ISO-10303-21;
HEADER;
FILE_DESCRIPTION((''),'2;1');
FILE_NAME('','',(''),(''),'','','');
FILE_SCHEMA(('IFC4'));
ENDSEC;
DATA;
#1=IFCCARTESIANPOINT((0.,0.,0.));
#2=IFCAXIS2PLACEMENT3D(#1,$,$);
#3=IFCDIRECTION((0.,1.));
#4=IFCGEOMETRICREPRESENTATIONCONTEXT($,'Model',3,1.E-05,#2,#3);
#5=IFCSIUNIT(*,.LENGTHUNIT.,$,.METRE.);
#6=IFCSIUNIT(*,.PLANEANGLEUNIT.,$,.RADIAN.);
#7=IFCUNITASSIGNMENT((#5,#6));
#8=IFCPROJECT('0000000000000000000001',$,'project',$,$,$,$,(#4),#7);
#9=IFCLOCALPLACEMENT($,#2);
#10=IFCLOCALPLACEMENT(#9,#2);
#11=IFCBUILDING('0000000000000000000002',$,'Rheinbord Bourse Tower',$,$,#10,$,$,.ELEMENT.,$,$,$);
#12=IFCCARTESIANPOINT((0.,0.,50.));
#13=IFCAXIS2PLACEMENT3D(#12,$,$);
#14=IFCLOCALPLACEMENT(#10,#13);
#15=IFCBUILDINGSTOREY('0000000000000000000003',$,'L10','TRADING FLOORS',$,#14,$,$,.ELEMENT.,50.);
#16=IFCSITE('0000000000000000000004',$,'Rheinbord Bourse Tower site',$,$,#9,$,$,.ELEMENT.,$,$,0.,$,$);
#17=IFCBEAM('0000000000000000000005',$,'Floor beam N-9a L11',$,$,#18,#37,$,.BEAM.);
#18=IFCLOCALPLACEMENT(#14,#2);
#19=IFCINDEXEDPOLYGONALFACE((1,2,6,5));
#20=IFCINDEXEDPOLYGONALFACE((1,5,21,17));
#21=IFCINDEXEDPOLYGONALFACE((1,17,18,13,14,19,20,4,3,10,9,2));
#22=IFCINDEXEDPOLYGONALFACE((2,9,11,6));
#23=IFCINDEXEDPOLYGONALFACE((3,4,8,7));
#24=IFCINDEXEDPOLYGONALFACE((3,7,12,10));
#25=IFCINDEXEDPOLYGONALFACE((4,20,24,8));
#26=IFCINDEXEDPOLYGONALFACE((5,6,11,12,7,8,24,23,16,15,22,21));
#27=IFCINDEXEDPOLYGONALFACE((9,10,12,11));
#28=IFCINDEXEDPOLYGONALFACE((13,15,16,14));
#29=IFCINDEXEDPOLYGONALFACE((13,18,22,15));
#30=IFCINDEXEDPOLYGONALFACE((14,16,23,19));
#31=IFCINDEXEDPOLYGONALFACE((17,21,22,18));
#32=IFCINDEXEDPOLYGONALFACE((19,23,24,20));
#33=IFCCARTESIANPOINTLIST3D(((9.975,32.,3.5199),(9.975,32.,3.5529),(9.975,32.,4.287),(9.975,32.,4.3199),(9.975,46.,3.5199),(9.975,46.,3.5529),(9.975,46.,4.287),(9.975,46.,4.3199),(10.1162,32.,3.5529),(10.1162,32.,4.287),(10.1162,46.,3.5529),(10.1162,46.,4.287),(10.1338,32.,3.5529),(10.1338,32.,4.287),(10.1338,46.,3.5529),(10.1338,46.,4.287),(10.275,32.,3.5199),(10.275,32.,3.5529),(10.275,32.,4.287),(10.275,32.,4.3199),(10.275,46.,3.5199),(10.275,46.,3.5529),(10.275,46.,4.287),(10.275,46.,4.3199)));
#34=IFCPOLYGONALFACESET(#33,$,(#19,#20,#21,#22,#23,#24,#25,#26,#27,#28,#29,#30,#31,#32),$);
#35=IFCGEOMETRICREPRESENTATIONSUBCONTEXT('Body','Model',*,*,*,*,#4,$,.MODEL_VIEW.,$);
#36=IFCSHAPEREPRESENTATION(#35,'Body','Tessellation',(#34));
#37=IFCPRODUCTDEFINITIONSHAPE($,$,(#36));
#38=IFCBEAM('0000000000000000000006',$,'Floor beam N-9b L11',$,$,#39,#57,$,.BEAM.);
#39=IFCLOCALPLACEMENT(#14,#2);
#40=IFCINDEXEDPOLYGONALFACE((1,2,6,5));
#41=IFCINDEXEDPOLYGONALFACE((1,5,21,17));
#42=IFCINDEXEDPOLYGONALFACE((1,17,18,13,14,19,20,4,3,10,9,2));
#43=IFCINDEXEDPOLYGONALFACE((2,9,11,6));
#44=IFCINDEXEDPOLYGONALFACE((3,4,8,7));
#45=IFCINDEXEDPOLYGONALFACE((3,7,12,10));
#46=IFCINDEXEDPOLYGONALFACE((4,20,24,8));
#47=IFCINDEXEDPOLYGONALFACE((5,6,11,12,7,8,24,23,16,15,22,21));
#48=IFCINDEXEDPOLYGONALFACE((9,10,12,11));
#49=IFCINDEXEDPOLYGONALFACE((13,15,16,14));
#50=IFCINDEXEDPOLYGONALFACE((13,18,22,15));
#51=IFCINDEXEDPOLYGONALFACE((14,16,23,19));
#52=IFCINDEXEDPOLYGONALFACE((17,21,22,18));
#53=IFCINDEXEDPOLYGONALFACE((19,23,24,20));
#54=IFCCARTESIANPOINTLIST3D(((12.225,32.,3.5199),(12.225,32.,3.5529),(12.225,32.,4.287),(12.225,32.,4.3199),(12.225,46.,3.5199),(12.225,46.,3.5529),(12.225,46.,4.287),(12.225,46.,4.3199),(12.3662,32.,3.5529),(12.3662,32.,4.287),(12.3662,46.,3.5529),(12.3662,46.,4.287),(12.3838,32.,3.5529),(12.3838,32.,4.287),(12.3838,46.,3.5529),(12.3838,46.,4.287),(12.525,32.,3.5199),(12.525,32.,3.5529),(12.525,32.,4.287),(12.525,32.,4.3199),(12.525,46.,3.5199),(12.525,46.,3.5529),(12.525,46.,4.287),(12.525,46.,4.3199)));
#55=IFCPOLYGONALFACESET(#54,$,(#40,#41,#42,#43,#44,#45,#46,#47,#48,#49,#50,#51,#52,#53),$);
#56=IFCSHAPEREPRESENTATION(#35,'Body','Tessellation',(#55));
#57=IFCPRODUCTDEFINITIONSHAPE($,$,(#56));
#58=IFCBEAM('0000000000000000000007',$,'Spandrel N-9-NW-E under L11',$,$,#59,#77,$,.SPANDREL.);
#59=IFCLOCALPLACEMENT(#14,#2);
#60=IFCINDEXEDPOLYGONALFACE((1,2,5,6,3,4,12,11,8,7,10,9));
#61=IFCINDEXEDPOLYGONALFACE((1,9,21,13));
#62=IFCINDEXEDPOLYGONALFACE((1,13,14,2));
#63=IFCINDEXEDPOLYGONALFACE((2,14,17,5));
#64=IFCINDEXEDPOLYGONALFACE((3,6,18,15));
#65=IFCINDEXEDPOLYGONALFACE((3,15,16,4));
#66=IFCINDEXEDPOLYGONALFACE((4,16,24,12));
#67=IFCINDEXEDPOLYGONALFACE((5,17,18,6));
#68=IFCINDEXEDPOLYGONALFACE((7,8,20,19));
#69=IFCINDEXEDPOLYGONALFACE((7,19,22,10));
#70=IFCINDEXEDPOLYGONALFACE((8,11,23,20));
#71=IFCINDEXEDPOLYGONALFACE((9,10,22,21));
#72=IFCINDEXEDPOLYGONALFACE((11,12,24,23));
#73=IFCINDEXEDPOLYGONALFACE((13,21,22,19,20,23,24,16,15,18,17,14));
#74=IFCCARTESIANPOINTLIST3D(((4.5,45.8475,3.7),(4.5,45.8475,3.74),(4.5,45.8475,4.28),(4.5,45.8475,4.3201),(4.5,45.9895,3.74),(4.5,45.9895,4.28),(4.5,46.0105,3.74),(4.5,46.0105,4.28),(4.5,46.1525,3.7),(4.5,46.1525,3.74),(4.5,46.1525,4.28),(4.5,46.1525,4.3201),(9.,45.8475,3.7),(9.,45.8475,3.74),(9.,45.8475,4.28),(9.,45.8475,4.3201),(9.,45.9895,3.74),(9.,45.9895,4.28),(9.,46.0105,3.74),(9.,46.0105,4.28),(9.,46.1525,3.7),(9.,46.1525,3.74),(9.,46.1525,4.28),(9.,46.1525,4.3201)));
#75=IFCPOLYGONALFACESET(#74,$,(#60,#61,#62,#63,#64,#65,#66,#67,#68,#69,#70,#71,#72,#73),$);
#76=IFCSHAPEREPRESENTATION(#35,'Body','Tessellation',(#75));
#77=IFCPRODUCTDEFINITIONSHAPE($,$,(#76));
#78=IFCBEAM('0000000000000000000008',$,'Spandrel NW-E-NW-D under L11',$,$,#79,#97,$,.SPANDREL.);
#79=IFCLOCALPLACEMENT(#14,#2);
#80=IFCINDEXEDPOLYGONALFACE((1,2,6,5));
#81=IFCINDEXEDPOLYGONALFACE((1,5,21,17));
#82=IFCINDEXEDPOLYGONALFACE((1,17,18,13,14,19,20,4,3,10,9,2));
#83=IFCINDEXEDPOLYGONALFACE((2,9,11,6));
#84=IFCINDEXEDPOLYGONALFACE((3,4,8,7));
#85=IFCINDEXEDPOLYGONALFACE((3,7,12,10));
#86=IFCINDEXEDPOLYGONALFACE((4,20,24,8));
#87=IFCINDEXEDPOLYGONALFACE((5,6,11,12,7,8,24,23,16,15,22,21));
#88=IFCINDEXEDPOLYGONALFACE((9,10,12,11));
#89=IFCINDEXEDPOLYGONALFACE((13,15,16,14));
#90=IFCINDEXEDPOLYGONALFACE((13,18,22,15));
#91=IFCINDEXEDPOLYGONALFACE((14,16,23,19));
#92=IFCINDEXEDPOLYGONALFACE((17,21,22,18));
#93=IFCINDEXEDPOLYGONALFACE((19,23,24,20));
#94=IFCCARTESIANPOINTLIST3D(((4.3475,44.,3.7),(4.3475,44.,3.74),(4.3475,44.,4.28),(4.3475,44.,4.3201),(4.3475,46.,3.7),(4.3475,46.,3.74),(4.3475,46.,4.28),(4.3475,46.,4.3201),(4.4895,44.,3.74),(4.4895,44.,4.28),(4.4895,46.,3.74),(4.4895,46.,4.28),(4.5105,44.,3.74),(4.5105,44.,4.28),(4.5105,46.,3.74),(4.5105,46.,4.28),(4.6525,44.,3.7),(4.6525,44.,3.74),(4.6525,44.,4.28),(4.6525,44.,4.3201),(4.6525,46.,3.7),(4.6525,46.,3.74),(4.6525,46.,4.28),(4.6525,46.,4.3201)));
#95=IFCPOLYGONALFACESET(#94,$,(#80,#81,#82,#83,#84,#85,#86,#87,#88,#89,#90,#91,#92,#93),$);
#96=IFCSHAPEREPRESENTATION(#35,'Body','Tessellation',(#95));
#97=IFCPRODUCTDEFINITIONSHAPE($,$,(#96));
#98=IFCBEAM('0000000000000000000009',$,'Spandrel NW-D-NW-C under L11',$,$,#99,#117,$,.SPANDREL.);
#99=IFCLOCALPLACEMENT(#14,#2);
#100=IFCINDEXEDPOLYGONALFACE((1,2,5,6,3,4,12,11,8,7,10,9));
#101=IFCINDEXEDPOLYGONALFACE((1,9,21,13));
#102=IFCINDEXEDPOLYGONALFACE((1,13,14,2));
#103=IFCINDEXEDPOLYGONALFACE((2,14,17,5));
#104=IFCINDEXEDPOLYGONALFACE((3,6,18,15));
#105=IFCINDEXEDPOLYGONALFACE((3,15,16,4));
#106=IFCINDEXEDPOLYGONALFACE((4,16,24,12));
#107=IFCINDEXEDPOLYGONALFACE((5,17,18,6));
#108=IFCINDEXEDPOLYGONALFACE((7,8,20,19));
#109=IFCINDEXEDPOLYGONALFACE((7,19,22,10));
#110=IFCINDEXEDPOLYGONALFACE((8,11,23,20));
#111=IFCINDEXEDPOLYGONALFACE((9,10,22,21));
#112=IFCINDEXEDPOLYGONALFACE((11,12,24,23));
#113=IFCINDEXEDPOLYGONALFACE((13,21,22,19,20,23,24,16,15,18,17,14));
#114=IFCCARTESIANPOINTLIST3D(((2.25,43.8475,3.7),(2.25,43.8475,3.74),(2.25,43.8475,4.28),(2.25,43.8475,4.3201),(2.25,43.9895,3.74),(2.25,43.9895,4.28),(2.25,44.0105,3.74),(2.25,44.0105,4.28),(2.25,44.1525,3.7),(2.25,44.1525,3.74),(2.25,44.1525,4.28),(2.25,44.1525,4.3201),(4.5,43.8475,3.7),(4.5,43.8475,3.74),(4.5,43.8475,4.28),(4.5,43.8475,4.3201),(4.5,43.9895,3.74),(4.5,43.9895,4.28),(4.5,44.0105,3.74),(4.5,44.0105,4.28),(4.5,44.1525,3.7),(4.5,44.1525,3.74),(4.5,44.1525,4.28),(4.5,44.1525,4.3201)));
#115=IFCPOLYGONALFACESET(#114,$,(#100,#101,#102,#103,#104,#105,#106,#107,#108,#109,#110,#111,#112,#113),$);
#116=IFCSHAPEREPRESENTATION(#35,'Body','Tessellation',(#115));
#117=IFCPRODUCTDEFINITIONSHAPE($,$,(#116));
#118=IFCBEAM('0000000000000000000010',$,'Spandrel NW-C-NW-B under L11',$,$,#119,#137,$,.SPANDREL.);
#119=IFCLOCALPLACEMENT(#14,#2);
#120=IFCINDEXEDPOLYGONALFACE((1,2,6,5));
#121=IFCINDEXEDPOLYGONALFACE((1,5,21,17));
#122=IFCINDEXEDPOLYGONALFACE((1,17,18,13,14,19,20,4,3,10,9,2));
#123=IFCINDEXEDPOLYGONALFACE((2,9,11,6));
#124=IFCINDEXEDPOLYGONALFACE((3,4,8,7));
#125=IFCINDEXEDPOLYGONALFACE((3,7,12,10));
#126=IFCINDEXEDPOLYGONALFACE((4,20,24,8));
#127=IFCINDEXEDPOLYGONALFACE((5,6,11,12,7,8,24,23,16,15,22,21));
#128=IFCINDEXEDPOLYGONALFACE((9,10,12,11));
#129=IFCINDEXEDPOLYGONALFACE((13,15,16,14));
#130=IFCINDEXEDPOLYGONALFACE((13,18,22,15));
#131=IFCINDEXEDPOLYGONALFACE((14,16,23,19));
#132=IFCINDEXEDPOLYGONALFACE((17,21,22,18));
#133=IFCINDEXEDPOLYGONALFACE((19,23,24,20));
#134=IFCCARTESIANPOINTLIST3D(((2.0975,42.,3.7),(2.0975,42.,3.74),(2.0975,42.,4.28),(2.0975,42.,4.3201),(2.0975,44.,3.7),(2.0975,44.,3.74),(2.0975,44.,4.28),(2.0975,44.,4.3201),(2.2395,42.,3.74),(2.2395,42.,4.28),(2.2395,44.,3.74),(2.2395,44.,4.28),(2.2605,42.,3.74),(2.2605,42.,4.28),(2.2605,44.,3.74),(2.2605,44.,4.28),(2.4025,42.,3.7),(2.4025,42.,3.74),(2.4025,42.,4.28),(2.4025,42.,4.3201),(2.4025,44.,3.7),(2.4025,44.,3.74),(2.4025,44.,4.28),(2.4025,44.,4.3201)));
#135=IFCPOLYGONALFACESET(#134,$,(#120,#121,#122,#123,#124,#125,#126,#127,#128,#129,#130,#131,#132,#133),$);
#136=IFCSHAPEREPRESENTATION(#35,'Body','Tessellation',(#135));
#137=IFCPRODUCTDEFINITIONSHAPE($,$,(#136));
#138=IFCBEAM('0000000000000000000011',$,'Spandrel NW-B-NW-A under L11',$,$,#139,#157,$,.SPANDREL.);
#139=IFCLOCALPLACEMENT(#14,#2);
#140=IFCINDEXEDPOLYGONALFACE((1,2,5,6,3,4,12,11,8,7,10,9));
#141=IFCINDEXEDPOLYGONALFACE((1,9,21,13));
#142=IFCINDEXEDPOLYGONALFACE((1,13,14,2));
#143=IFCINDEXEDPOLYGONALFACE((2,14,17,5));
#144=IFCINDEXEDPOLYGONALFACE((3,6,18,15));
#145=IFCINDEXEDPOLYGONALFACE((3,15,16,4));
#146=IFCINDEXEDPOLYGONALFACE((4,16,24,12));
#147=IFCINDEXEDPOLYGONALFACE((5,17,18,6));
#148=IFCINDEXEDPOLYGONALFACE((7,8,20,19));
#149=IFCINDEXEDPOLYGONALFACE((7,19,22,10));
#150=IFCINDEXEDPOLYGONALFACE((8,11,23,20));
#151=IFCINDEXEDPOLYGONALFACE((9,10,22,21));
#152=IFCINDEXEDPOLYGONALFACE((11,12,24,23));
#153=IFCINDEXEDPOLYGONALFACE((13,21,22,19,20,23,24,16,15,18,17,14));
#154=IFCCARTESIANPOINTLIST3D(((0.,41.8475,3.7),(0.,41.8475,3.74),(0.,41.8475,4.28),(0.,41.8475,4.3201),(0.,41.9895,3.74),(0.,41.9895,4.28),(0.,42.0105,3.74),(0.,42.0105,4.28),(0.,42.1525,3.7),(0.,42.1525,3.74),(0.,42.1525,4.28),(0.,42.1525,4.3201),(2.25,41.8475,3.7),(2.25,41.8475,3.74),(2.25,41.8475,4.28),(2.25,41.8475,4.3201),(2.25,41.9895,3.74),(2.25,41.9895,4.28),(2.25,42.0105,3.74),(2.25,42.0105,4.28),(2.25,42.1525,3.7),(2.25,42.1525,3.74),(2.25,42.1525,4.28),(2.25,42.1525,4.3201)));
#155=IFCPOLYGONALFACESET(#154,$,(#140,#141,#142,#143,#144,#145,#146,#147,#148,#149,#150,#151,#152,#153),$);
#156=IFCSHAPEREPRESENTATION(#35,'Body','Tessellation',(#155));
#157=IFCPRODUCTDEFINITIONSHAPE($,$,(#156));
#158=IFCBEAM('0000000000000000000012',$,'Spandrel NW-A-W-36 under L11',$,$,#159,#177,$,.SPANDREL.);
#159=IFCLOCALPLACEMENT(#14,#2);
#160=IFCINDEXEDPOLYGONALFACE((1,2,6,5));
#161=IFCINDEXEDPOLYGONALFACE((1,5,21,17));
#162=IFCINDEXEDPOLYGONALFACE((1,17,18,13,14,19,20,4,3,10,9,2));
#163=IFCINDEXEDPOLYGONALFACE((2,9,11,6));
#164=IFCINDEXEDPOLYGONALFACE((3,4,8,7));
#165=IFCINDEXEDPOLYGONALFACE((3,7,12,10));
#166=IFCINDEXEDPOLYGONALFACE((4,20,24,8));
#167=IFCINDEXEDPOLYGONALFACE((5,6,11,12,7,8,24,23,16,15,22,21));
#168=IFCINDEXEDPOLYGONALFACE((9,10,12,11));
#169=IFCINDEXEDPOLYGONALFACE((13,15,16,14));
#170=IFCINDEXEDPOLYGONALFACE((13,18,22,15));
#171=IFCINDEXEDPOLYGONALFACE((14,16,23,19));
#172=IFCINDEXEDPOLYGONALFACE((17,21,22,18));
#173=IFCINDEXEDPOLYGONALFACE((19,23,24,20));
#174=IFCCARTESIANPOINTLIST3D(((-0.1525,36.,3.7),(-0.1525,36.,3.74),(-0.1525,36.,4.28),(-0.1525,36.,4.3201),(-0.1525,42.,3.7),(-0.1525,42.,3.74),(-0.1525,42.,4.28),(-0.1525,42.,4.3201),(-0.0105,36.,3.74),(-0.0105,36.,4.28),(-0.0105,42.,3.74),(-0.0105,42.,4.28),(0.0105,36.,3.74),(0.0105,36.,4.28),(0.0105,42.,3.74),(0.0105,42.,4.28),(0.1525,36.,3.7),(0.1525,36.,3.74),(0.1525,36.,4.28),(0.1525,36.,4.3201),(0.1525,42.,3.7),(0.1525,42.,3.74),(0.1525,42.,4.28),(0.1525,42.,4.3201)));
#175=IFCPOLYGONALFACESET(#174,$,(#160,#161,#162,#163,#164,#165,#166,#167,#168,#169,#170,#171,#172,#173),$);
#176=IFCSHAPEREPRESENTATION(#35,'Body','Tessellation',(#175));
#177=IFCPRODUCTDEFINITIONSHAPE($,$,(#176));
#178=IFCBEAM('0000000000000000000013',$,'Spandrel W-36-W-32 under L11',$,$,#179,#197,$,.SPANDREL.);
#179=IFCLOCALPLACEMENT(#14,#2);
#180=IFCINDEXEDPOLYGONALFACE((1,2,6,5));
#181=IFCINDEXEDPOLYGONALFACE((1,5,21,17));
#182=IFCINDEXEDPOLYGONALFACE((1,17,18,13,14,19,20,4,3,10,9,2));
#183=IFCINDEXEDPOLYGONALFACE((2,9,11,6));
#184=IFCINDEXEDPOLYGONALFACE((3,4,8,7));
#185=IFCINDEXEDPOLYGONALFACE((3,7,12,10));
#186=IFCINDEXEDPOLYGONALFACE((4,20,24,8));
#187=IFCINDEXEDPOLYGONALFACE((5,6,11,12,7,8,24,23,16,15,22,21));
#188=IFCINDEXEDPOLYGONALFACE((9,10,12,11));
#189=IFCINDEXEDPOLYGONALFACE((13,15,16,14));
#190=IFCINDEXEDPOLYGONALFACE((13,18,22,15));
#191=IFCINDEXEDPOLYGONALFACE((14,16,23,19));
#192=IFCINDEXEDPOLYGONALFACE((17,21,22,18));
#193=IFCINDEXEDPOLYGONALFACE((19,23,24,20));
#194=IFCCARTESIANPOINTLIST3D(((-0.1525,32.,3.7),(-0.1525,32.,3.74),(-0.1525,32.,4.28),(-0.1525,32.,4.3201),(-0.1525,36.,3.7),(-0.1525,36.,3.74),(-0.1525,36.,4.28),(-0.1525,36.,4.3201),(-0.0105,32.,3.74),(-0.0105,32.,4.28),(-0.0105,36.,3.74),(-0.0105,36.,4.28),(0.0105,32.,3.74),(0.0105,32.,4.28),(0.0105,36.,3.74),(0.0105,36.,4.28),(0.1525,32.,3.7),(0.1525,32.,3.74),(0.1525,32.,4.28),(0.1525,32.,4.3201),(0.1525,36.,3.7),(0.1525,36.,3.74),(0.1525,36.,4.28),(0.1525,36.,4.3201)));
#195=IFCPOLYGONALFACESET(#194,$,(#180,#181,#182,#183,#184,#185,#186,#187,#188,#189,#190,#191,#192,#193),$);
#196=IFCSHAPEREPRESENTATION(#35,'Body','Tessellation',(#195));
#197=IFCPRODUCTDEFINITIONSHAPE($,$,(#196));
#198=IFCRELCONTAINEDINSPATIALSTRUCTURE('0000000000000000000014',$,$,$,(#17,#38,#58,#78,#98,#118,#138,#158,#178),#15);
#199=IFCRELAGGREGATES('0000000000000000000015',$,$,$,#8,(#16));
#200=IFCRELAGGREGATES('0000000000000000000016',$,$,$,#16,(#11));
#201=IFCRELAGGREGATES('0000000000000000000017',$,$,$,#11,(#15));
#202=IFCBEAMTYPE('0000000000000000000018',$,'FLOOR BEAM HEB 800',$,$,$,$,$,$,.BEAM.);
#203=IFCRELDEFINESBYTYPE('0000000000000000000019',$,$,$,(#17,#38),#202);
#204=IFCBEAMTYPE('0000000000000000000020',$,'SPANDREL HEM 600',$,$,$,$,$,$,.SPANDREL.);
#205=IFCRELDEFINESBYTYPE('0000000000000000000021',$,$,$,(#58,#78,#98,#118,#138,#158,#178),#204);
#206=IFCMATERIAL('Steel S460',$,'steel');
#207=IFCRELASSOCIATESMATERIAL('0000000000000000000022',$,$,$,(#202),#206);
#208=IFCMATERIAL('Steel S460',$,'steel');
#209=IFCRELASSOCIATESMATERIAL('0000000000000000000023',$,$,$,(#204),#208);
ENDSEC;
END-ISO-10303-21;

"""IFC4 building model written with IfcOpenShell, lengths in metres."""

from ifc_helpers import new_model, si_unit, direction, frame, origin, origin_2d, place, context, subcontext, project, spatial, i_section, extrude, material, material_profile, profile_set, type_object, element, save


model = new_model("IFC4")

# Units and contexts
model_context = context("Model", 3, precision=1e-05, world=origin(), true_north=direction((0.0, 1.0)))
body_context = subcontext(model_context, "Body", "Model", "MODEL_VIEW")
ifc_project = project(units=[si_unit("LENGTHUNIT", "METRE"), si_unit("PLANEANGLEUNIT", "RADIAN")], contexts=[model_context])

# Site, building, storey
site_placement = place(None, origin())
site = spatial("IfcSite", under=ifc_project, at=site_placement, Name="Rheinbord Bourse Tower site", CompositionType="ELEMENT", RefElevation=0.0)
building_placement = place(site_placement, origin())
building = spatial("IfcBuilding", under=site, at=building_placement, Name="Rheinbord Bourse Tower", CompositionType="ELEMENT")
storey_placement = place(building_placement, frame((0.0, 0.0, 50.0)))
storey = spatial("IfcBuildingStorey", under=building, at=storey_placement, Name="L10", Description="TRADING FLOORS", CompositionType="ELEMENT", Elevation=50.0)

# Beams
ifc_material_1 = material(Name="Steel S460", Category="steel")
ifc_material_profile_1 = material_profile(ifc_material_1, i_section(OverallWidth=0.3, OverallDepth=0.8, WebThickness=0.0176, FlangeThickness=0.033, at=origin_2d()), Name="HEB 800")
ifc_profile_set_1 = profile_set([ifc_material_profile_1], Name="Steel S460")
beam_type_1 = type_object("IfcBeamType", Name="FLOOR BEAM HEB 800", PredefinedType="BEAM", material=ifc_profile_set_1)
for number, where, z_axis, x_axis, name in (
    (1, (10.125, 46.0, 3.9199), (0.0, -1.0, 0.0), (1.0, 0.0, 0.0), "Floor beam N-9a L11"),
    (2, (12.375, 46.0, 3.9199), (0.0, -1.0, 0.0), (1.0, 0.0, 0.0), "Floor beam N-9b L11"),
):
    element("IfcBeam", number, at=place(storey_placement, frame(where, z_axis=z_axis, x_axis=x_axis)), inside=storey, type_object=beam_type_1, Name=name, PredefinedType="BEAM", context=body_context, shape_type="SweptSolid", body=[
        extrude(i_section(OverallWidth=0.3, OverallDepth=0.8, WebThickness=0.0176, FlangeThickness=0.033, at=origin_2d()), origin(), (0.0, 0.0, 1.0), 14.0),
    ])
ifc_material_2 = material(Name="Steel S460", Category="steel")
ifc_material_profile_2 = material_profile(ifc_material_2, i_section(OverallWidth=0.3049, OverallDepth=0.6201, WebThickness=0.021, FlangeThickness=0.04, at=origin_2d()), Name="HEM 600")
ifc_profile_set_2 = profile_set([ifc_material_profile_2], Name="Steel S460")
beam_type_2 = type_object("IfcBeamType", Name="SPANDREL HEM 600", PredefinedType="SPANDREL", material=ifc_profile_set_2)
beam_1_placement = place(storey_placement, frame((9.0, 46.0, 4.01), z_axis=(-1.0, 0.0, 0.0), x_axis=(0.0, -1.0, 0.0)))
element("IfcBeam", 3, at=beam_1_placement, inside=storey, type_object=beam_type_2, Name="Spandrel N-9-NW-E under L11", PredefinedType="SPANDREL", context=body_context, shape_type="SweptSolid", body=[
    extrude(i_section(OverallWidth=0.3049, OverallDepth=0.6201, WebThickness=0.021, FlangeThickness=0.04, at=origin_2d()), origin(), (0.0, 0.0, 1.0), 4.5),
])
beam_2_placement = place(storey_placement, frame((4.5, 46.0, 4.01), z_axis=(0.0, -1.0, 0.0), x_axis=(1.0, 0.0, 0.0)))
element("IfcBeam", 4, at=beam_2_placement, inside=storey, type_object=beam_type_2, Name="Spandrel NW-E-NW-D under L11", PredefinedType="SPANDREL", context=body_context, shape_type="SweptSolid", body=[
    extrude(i_section(OverallWidth=0.3049, OverallDepth=0.6201, WebThickness=0.021, FlangeThickness=0.04, at=origin_2d()), origin(), (0.0, 0.0, 1.0), 2.0),
])
beam_3_placement = place(storey_placement, frame((4.5, 44.0, 4.01), z_axis=(-1.0, 0.0, 0.0), x_axis=(0.0, -1.0, 0.0)))
element("IfcBeam", 5, at=beam_3_placement, inside=storey, type_object=beam_type_2, Name="Spandrel NW-D-NW-C under L11", PredefinedType="SPANDREL", context=body_context, shape_type="SweptSolid", body=[
    extrude(i_section(OverallWidth=0.3049, OverallDepth=0.6201, WebThickness=0.021, FlangeThickness=0.04, at=origin_2d()), origin(), (0.0, 0.0, 1.0), 2.25),
])
beam_4_placement = place(storey_placement, frame((2.25, 44.0, 4.01), z_axis=(0.0, -1.0, 0.0), x_axis=(1.0, 0.0, 0.0)))
element("IfcBeam", 6, at=beam_4_placement, inside=storey, type_object=beam_type_2, Name="Spandrel NW-C-NW-B under L11", PredefinedType="SPANDREL", context=body_context, shape_type="SweptSolid", body=[
    extrude(i_section(OverallWidth=0.3049, OverallDepth=0.6201, WebThickness=0.021, FlangeThickness=0.04, at=origin_2d()), origin(), (0.0, 0.0, 1.0), 2.0),
])
beam_5_placement = place(storey_placement, frame((2.25, 42.0, 4.01), z_axis=(-1.0, 0.0, 0.0), x_axis=(0.0, -1.0, 0.0)))
element("IfcBeam", 7, at=beam_5_placement, inside=storey, type_object=beam_type_2, Name="Spandrel NW-B-NW-A under L11", PredefinedType="SPANDREL", context=body_context, shape_type="SweptSolid", body=[
    extrude(i_section(OverallWidth=0.3049, OverallDepth=0.6201, WebThickness=0.021, FlangeThickness=0.04, at=origin_2d()), origin(), (0.0, 0.0, 1.0), 2.25),
])
beam_6_placement = place(storey_placement, frame((0.0, 42.0, 4.01), z_axis=(0.0, -1.0, 0.0), x_axis=(1.0, 0.0, 0.0)))
element("IfcBeam", 8, at=beam_6_placement, inside=storey, type_object=beam_type_2, Name="Spandrel NW-A-W-36 under L11", PredefinedType="SPANDREL", context=body_context, shape_type="SweptSolid", body=[
    extrude(i_section(OverallWidth=0.3049, OverallDepth=0.6201, WebThickness=0.021, FlangeThickness=0.04, at=origin_2d()), origin(), (0.0, 0.0, 1.0), 6.0),
])
beam_7_placement = place(storey_placement, frame((0.0, 36.0, 4.01), z_axis=(0.0, -1.0, 0.0), x_axis=(1.0, 0.0, 0.0)))
element("IfcBeam", 9, at=beam_7_placement, inside=storey, type_object=beam_type_2, Name="Spandrel W-36-W-32 under L11", PredefinedType="SPANDREL", context=body_context, shape_type="SweptSolid", body=[
    extrude(i_section(OverallWidth=0.3049, OverallDepth=0.6201, WebThickness=0.021, FlangeThickness=0.04, at=origin_2d()), origin(), (0.0, 0.0, 1.0), 4.0),
])

save(model, "model.ifc")
